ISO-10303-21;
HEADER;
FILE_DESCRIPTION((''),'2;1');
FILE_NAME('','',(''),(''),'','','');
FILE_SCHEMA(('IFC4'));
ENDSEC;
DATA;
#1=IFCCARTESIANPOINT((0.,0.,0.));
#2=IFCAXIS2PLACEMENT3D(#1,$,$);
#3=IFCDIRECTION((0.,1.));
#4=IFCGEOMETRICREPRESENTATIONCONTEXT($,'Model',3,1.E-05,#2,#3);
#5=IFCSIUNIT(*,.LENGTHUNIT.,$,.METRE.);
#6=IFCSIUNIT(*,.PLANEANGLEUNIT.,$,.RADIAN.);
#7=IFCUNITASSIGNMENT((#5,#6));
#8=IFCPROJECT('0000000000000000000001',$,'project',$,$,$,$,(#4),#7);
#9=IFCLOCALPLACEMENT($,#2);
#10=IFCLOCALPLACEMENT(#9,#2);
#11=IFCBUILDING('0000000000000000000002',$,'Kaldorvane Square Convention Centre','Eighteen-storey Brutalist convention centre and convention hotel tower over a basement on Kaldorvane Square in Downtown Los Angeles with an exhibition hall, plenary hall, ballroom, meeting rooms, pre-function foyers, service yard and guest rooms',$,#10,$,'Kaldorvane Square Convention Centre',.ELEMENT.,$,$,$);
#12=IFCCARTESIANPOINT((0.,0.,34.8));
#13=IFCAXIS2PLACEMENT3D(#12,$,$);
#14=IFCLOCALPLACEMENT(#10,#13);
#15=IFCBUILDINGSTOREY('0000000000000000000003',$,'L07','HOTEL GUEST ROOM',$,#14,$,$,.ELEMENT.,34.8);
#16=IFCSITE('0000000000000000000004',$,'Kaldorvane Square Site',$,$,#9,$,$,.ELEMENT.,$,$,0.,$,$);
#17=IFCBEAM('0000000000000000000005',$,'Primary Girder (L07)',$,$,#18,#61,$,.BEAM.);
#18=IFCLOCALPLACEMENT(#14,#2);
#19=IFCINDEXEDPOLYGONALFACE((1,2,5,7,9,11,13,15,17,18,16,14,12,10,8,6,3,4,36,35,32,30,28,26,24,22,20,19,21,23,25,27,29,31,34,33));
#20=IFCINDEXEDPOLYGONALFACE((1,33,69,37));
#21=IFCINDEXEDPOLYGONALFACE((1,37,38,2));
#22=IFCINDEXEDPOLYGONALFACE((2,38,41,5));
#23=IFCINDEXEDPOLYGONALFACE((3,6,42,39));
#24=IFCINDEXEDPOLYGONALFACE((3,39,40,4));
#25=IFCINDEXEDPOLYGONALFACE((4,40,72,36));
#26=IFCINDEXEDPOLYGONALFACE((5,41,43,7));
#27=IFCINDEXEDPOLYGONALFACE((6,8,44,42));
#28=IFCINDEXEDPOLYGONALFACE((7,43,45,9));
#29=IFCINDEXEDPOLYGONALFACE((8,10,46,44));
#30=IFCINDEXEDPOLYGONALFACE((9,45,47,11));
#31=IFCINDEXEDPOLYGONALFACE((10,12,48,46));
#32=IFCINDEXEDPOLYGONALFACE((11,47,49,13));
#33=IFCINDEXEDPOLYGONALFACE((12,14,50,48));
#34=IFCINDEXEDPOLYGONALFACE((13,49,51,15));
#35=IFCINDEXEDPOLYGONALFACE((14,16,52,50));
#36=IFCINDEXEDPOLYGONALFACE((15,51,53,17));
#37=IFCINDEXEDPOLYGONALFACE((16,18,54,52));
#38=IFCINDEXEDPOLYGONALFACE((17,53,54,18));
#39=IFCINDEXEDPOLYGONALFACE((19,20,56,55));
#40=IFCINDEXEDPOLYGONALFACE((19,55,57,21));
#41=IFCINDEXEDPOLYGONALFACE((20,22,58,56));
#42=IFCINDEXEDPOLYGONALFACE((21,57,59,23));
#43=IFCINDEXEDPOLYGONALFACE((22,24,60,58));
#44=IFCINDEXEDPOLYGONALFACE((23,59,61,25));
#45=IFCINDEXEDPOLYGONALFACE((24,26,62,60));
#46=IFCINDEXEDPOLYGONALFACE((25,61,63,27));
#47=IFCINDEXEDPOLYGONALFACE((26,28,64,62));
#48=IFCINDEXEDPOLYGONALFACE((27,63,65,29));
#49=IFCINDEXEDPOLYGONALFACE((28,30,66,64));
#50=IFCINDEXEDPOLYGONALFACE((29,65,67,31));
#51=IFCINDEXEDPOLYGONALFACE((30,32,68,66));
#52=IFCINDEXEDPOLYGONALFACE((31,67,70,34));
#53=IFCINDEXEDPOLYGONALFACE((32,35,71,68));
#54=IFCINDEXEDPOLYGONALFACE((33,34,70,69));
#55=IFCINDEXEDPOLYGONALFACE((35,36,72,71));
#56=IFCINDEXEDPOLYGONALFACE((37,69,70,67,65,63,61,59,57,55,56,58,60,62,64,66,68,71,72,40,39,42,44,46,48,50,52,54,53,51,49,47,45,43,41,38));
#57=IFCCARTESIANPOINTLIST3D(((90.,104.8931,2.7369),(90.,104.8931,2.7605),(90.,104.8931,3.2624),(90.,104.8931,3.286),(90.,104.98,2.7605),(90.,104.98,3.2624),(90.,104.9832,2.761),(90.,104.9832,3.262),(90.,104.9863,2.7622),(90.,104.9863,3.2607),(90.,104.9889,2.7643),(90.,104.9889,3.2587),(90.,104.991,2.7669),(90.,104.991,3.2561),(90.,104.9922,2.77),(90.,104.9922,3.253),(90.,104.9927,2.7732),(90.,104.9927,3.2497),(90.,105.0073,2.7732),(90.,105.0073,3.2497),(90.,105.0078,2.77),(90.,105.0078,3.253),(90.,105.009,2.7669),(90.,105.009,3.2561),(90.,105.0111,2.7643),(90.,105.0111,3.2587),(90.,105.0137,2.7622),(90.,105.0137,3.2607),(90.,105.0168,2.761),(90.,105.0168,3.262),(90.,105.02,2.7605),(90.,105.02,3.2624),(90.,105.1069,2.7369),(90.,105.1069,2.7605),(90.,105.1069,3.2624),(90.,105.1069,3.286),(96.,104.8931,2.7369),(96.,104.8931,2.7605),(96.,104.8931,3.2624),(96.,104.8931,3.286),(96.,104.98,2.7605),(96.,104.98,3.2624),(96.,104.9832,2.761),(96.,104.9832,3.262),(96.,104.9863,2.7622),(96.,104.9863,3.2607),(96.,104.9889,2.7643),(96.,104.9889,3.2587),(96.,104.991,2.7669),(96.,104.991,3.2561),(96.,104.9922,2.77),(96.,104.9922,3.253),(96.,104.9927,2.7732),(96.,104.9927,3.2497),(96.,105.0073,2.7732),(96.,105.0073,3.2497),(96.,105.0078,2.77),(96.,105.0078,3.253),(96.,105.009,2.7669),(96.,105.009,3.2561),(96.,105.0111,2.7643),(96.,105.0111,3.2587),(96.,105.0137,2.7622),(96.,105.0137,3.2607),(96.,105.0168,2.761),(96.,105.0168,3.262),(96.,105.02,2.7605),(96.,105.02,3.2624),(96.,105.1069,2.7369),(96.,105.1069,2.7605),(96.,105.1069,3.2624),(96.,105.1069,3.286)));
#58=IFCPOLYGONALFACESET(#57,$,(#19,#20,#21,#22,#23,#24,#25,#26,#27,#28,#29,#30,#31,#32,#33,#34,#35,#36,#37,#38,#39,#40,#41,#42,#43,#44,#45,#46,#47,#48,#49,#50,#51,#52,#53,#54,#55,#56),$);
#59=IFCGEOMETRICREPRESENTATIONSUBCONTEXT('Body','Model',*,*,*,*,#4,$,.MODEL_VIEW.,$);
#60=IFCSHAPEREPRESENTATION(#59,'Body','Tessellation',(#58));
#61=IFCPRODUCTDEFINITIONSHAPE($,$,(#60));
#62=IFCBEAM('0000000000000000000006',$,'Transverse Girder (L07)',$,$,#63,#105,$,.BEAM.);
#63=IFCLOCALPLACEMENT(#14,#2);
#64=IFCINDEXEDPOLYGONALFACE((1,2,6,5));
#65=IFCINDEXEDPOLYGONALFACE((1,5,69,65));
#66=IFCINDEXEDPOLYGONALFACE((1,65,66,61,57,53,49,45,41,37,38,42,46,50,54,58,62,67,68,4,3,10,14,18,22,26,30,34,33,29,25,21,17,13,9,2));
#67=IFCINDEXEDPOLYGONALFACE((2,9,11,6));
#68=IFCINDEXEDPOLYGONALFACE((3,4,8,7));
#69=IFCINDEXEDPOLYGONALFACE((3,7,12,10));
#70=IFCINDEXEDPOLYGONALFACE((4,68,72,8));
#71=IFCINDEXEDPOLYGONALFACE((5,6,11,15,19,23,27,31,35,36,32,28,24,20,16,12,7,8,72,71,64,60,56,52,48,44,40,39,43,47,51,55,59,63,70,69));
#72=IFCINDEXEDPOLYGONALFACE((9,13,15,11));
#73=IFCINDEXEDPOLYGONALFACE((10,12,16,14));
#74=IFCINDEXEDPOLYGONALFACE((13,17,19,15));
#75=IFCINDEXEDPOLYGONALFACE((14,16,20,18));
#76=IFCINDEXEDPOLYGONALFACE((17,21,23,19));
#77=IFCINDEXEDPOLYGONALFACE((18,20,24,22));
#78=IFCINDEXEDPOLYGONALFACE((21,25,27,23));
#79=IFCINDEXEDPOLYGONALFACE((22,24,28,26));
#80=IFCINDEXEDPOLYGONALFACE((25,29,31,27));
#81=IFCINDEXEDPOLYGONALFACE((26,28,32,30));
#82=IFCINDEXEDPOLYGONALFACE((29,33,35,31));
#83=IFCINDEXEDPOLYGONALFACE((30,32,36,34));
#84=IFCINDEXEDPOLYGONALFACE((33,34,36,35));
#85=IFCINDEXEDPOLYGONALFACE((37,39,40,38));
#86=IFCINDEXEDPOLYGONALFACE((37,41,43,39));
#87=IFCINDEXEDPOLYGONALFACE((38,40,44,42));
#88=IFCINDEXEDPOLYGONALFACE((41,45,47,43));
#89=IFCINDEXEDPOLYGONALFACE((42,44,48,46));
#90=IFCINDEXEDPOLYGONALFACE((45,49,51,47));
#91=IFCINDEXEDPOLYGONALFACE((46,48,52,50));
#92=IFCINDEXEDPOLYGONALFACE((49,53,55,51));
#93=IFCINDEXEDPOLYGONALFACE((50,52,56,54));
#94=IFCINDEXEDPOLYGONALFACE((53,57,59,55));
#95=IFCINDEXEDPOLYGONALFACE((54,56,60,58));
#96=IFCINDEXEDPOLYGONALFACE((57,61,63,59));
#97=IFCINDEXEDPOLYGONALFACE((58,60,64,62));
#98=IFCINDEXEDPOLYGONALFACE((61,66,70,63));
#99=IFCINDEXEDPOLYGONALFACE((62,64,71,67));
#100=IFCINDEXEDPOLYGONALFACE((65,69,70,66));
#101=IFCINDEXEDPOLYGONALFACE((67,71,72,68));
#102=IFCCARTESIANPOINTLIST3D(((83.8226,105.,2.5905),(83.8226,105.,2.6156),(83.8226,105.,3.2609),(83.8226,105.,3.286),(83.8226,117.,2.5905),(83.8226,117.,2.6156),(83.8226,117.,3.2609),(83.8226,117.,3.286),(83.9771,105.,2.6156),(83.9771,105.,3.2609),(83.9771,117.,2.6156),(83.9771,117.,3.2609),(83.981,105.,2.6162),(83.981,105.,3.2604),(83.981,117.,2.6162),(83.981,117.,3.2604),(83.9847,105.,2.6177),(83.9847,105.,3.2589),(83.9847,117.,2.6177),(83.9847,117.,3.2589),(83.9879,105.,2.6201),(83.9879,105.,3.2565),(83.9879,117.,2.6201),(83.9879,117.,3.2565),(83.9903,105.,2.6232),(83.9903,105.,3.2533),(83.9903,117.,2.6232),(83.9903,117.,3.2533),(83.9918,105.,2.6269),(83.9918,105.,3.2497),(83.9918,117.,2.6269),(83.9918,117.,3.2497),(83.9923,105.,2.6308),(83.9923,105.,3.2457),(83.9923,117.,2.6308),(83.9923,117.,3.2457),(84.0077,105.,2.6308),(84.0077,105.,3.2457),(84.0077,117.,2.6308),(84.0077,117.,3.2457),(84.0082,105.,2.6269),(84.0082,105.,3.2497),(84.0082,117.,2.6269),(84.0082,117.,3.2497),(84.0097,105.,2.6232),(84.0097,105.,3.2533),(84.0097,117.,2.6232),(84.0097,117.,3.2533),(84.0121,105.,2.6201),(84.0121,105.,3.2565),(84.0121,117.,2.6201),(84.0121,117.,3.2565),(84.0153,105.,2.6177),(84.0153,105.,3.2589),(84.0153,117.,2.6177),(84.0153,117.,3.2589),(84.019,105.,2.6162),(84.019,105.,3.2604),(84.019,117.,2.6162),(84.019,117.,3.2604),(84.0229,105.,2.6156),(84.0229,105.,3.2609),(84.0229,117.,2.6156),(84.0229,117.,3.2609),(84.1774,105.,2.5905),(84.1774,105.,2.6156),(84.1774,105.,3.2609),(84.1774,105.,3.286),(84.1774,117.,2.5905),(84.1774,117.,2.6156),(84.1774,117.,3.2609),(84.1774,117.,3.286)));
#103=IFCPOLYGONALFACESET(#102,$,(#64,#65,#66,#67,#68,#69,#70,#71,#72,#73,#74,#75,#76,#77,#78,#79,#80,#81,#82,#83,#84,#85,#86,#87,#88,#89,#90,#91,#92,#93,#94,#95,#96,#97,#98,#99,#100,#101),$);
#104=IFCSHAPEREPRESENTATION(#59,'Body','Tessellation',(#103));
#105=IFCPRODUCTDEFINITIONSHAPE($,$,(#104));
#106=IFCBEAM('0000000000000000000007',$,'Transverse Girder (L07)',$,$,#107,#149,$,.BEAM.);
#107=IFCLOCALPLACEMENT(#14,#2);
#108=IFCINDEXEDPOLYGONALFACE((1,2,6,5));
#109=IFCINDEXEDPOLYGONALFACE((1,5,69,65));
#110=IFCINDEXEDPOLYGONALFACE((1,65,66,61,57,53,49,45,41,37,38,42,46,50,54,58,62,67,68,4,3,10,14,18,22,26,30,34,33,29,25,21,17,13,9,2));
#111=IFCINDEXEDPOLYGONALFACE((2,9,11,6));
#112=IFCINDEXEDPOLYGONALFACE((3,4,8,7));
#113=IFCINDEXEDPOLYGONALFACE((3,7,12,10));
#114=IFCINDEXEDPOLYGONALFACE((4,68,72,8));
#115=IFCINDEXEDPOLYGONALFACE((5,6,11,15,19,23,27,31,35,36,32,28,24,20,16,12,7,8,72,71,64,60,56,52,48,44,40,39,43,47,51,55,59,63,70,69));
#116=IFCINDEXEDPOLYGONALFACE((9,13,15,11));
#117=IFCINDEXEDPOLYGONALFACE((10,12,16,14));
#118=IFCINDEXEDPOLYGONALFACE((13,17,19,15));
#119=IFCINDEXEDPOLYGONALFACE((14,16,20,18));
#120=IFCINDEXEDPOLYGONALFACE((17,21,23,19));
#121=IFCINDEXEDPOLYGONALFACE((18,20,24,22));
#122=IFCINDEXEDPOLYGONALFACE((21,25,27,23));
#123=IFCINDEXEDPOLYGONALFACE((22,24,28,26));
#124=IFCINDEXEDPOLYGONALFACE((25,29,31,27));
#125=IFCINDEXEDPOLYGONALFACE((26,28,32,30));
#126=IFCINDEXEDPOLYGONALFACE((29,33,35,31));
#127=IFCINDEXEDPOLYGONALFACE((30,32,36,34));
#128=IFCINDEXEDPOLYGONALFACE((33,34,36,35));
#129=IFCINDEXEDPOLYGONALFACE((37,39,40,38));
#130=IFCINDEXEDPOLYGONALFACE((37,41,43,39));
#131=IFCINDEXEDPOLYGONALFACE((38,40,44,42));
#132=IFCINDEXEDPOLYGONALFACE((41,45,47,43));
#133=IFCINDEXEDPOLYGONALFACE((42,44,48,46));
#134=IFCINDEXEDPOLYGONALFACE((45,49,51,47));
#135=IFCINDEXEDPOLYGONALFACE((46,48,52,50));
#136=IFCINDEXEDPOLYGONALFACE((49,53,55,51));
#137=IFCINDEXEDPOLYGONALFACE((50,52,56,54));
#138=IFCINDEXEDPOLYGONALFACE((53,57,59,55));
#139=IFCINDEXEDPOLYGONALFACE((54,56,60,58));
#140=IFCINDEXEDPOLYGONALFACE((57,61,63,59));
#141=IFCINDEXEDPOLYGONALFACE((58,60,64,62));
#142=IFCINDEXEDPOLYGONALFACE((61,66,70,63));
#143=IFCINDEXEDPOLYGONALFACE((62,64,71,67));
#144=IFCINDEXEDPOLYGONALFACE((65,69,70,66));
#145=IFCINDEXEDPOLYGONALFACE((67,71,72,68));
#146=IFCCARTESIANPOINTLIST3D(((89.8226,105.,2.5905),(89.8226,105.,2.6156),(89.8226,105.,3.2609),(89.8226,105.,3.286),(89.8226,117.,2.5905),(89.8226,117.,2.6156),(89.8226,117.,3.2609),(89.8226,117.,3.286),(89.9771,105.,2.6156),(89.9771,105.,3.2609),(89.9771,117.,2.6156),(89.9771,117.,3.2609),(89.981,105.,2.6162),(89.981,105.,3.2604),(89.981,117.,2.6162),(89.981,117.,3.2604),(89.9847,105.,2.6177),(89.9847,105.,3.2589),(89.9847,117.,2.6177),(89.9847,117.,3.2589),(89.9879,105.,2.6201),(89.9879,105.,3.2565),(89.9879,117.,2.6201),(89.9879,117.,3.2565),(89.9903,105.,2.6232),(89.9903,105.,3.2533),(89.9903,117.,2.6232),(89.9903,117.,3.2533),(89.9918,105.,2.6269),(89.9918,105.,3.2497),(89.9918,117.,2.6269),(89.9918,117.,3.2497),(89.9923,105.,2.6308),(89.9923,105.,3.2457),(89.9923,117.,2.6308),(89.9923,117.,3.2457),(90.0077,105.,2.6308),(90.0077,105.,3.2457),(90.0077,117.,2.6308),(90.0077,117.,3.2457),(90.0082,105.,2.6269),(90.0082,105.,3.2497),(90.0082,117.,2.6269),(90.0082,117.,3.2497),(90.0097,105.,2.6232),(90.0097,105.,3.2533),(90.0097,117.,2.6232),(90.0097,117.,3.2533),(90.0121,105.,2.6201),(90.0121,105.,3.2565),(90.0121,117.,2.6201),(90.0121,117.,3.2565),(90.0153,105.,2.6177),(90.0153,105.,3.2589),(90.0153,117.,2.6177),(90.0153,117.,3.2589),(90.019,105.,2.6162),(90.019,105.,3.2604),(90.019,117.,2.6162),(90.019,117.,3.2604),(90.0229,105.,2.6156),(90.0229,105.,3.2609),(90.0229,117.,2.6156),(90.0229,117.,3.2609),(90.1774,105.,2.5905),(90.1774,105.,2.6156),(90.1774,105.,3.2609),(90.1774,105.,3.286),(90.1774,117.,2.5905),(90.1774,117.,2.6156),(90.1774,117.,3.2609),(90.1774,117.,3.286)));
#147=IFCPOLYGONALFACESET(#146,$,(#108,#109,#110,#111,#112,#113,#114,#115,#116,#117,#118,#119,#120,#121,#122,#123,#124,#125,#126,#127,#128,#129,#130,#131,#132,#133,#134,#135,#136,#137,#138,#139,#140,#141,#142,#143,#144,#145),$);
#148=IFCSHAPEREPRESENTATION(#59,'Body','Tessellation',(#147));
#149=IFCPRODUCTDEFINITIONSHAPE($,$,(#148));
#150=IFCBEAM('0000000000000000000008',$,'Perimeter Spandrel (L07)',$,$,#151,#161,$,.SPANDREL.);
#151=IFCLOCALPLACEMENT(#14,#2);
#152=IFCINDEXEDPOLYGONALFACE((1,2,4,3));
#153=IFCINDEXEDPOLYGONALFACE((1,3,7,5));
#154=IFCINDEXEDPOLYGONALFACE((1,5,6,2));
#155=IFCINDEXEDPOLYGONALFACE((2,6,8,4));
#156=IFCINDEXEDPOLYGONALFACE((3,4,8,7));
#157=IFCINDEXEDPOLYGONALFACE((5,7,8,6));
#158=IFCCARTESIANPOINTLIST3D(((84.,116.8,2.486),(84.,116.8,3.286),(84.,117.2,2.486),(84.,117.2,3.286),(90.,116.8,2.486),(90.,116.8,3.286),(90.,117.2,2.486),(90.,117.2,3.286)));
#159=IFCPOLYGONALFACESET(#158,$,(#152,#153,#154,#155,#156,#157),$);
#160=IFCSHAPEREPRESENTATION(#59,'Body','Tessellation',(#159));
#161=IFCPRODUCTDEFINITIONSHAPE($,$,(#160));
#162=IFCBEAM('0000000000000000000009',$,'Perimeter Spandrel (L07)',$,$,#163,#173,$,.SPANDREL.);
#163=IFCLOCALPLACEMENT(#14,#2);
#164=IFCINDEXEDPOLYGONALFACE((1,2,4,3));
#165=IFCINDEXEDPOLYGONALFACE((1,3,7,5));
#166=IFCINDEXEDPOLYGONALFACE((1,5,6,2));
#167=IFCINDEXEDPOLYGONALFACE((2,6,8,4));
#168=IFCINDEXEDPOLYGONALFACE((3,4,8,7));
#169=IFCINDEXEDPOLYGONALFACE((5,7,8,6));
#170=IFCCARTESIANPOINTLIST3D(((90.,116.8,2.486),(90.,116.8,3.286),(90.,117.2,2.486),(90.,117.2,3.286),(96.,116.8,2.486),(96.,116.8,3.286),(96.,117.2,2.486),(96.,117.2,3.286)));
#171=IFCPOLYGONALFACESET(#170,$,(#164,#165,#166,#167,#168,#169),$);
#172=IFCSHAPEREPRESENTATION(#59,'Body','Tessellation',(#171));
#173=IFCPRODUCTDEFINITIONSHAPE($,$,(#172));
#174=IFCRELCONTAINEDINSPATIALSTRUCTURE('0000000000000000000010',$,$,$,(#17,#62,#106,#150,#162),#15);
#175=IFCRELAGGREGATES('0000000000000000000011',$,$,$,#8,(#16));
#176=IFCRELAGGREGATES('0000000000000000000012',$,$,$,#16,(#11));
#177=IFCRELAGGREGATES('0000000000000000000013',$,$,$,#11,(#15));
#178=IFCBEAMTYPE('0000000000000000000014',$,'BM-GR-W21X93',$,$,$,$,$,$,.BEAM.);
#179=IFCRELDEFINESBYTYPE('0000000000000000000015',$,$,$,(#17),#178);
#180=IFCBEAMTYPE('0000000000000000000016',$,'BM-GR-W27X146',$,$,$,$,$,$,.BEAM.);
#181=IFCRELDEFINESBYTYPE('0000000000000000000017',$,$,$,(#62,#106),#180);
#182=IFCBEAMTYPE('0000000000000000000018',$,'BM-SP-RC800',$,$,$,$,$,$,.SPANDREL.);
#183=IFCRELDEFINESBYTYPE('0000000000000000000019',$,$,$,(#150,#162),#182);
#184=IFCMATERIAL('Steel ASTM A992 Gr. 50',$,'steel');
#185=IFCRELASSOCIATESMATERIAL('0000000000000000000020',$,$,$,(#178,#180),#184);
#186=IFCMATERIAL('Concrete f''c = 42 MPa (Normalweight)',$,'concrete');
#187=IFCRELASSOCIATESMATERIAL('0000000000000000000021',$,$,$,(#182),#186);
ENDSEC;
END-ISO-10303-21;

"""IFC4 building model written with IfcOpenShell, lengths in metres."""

from ifc_helpers import new_model, si_unit, direction, frame, origin, origin_2d, place, context, subcontext, project, spatial, rectangle, i_section, extrude, material, material_profile, profile_set, type_object, element, save


model = new_model("IFC4")

# Units and contexts
model_context = context("Model", 3, precision=1e-05, world=origin(), true_north=direction((0.0, 1.0)))
body_context = subcontext(model_context, "Body", "Model", "MODEL_VIEW")
ifc_project = project(units=[si_unit("LENGTHUNIT", "METRE"), si_unit("PLANEANGLEUNIT", "RADIAN")], contexts=[model_context])

# Site, building, storey
site_placement = place(None, origin())
site = spatial("IfcSite", under=ifc_project, at=site_placement, Name="Kaldorvane Square Site", CompositionType="ELEMENT", RefElevation=0.0)
building_placement = place(site_placement, origin())
building = spatial("IfcBuilding", under=site, at=building_placement, Name="Kaldorvane Square Convention Centre", Description="Eighteen-storey Brutalist convention centre and convention hotel tower over a basement on Kaldorvane Square in Downtown Los Angeles with an exhibition hall, plenary hall, ballroom, meeting rooms, pre-function foyers, service yard and guest rooms", LongName="Kaldorvane Square Convention Centre", CompositionType="ELEMENT")
storey_placement = place(building_placement, frame((0.0, 0.0, 34.8)))
storey = spatial("IfcBuildingStorey", under=building, at=storey_placement, Name="L07", Description="HOTEL GUEST ROOM", CompositionType="ELEMENT", Elevation=34.8)

# Shared definitions
ifc_material_1 = material(Name="Steel ASTM A992 Gr. 50", Category="steel")

# Beams
ifc_material_profile_1 = material_profile(ifc_material_1, i_section(OverallWidth=0.2139, OverallDepth=0.5491, WebThickness=0.0147, FlangeThickness=0.0236, FilletRadius=0.0127, at=origin_2d()), Name="W21X93")
ifc_profile_set_1 = profile_set([ifc_material_profile_1], Name="Steel ASTM A992 Gr. 50")
beam_type_1 = type_object("IfcBeamType", Name="BM-GR-W21X93", PredefinedType="BEAM", material=ifc_profile_set_1)
for number, where, z_axis, x_axis, name in (
    (1, (90.0, 105.0, 3.0115), (1.0, 0.0, 0.0), (0.0, 1.0, 0.0), "Primary Girder (L07)"),
):
    element("IfcBeam", number, at=place(storey_placement, frame(where, z_axis=z_axis, x_axis=x_axis)), inside=storey, type_object=beam_type_1, Name=name, PredefinedType="BEAM", context=body_context, shape_type="SweptSolid", body=[
        extrude(i_section(OverallWidth=0.2139, OverallDepth=0.5491, WebThickness=0.0147, FlangeThickness=0.0236, FilletRadius=0.0127, at=origin_2d()), origin(), (0.0, 0.0, 1.0), 6.0),
    ])
ifc_material_profile_2 = material_profile(ifc_material_1, i_section(OverallWidth=0.3547, OverallDepth=0.6955, WebThickness=0.0154, FlangeThickness=0.0251, FilletRadius=0.0152, at=origin_2d()), Name="W27X146")
ifc_profile_set_2 = profile_set([ifc_material_profile_2], Name="Steel ASTM A992 Gr. 50")
beam_type_2 = type_object("IfcBeamType", Name="BM-GR-W27X146", PredefinedType="BEAM", material=ifc_profile_set_2)
for number, where, z_axis, x_axis, name in (
    (2, (84.0, 105.0, 2.9383), (0.0, 1.0, 0.0), (-1.0, 0.0, 0.0), "Transverse Girder (L07)"),
    (3, (90.0, 105.0, 2.9383), (0.0, 1.0, 0.0), (-1.0, 0.0, 0.0), "Transverse Girder (L07)"),
):
    element("IfcBeam", number, at=place(storey_placement, frame(where, z_axis=z_axis, x_axis=x_axis)), inside=storey, type_object=beam_type_2, Name=name, PredefinedType="BEAM", context=body_context, shape_type="SweptSolid", body=[
        extrude(i_section(OverallWidth=0.3547, OverallDepth=0.6955, WebThickness=0.0154, FlangeThickness=0.0251, FilletRadius=0.0152, at=origin_2d()), origin(), (0.0, 0.0, 1.0), 12.0),
    ])
ifc_material_2 = material(Name="Concrete f'c = 42 MPa (Normalweight)", Category="concrete")
ifc_material_profile_3 = material_profile(ifc_material_2, rectangle(XDim=0.4, YDim=0.8, at=origin_2d()), Name="RCSP800X400")
ifc_profile_set_3 = profile_set([ifc_material_profile_3], Name="Concrete f'c = 42 MPa (Normalweight)")
beam_type_3 = type_object("IfcBeamType", Name="BM-SP-RC800", PredefinedType="SPANDREL", material=ifc_profile_set_3)
for number, where, z_axis, x_axis, name in (
    (4, (84.0, 117.0, 2.886), (1.0, 0.0, 0.0), (0.0, 1.0, 0.0), "Perimeter Spandrel (L07)"),
    (5, (90.0, 117.0, 2.886), (1.0, 0.0, 0.0), (0.0, 1.0, 0.0), "Perimeter Spandrel (L07)"),
):
    element("IfcBeam", number, at=place(storey_placement, frame(where, z_axis=z_axis, x_axis=x_axis)), inside=storey, type_object=beam_type_3, Name=name, PredefinedType="SPANDREL", context=body_context, shape_type="SweptSolid", body=[
        extrude(rectangle(XDim=0.4, YDim=0.8, at=origin_2d()), origin(), (0.0, 0.0, 1.0), 6.0),
    ])

save(model, "model.ifc")
